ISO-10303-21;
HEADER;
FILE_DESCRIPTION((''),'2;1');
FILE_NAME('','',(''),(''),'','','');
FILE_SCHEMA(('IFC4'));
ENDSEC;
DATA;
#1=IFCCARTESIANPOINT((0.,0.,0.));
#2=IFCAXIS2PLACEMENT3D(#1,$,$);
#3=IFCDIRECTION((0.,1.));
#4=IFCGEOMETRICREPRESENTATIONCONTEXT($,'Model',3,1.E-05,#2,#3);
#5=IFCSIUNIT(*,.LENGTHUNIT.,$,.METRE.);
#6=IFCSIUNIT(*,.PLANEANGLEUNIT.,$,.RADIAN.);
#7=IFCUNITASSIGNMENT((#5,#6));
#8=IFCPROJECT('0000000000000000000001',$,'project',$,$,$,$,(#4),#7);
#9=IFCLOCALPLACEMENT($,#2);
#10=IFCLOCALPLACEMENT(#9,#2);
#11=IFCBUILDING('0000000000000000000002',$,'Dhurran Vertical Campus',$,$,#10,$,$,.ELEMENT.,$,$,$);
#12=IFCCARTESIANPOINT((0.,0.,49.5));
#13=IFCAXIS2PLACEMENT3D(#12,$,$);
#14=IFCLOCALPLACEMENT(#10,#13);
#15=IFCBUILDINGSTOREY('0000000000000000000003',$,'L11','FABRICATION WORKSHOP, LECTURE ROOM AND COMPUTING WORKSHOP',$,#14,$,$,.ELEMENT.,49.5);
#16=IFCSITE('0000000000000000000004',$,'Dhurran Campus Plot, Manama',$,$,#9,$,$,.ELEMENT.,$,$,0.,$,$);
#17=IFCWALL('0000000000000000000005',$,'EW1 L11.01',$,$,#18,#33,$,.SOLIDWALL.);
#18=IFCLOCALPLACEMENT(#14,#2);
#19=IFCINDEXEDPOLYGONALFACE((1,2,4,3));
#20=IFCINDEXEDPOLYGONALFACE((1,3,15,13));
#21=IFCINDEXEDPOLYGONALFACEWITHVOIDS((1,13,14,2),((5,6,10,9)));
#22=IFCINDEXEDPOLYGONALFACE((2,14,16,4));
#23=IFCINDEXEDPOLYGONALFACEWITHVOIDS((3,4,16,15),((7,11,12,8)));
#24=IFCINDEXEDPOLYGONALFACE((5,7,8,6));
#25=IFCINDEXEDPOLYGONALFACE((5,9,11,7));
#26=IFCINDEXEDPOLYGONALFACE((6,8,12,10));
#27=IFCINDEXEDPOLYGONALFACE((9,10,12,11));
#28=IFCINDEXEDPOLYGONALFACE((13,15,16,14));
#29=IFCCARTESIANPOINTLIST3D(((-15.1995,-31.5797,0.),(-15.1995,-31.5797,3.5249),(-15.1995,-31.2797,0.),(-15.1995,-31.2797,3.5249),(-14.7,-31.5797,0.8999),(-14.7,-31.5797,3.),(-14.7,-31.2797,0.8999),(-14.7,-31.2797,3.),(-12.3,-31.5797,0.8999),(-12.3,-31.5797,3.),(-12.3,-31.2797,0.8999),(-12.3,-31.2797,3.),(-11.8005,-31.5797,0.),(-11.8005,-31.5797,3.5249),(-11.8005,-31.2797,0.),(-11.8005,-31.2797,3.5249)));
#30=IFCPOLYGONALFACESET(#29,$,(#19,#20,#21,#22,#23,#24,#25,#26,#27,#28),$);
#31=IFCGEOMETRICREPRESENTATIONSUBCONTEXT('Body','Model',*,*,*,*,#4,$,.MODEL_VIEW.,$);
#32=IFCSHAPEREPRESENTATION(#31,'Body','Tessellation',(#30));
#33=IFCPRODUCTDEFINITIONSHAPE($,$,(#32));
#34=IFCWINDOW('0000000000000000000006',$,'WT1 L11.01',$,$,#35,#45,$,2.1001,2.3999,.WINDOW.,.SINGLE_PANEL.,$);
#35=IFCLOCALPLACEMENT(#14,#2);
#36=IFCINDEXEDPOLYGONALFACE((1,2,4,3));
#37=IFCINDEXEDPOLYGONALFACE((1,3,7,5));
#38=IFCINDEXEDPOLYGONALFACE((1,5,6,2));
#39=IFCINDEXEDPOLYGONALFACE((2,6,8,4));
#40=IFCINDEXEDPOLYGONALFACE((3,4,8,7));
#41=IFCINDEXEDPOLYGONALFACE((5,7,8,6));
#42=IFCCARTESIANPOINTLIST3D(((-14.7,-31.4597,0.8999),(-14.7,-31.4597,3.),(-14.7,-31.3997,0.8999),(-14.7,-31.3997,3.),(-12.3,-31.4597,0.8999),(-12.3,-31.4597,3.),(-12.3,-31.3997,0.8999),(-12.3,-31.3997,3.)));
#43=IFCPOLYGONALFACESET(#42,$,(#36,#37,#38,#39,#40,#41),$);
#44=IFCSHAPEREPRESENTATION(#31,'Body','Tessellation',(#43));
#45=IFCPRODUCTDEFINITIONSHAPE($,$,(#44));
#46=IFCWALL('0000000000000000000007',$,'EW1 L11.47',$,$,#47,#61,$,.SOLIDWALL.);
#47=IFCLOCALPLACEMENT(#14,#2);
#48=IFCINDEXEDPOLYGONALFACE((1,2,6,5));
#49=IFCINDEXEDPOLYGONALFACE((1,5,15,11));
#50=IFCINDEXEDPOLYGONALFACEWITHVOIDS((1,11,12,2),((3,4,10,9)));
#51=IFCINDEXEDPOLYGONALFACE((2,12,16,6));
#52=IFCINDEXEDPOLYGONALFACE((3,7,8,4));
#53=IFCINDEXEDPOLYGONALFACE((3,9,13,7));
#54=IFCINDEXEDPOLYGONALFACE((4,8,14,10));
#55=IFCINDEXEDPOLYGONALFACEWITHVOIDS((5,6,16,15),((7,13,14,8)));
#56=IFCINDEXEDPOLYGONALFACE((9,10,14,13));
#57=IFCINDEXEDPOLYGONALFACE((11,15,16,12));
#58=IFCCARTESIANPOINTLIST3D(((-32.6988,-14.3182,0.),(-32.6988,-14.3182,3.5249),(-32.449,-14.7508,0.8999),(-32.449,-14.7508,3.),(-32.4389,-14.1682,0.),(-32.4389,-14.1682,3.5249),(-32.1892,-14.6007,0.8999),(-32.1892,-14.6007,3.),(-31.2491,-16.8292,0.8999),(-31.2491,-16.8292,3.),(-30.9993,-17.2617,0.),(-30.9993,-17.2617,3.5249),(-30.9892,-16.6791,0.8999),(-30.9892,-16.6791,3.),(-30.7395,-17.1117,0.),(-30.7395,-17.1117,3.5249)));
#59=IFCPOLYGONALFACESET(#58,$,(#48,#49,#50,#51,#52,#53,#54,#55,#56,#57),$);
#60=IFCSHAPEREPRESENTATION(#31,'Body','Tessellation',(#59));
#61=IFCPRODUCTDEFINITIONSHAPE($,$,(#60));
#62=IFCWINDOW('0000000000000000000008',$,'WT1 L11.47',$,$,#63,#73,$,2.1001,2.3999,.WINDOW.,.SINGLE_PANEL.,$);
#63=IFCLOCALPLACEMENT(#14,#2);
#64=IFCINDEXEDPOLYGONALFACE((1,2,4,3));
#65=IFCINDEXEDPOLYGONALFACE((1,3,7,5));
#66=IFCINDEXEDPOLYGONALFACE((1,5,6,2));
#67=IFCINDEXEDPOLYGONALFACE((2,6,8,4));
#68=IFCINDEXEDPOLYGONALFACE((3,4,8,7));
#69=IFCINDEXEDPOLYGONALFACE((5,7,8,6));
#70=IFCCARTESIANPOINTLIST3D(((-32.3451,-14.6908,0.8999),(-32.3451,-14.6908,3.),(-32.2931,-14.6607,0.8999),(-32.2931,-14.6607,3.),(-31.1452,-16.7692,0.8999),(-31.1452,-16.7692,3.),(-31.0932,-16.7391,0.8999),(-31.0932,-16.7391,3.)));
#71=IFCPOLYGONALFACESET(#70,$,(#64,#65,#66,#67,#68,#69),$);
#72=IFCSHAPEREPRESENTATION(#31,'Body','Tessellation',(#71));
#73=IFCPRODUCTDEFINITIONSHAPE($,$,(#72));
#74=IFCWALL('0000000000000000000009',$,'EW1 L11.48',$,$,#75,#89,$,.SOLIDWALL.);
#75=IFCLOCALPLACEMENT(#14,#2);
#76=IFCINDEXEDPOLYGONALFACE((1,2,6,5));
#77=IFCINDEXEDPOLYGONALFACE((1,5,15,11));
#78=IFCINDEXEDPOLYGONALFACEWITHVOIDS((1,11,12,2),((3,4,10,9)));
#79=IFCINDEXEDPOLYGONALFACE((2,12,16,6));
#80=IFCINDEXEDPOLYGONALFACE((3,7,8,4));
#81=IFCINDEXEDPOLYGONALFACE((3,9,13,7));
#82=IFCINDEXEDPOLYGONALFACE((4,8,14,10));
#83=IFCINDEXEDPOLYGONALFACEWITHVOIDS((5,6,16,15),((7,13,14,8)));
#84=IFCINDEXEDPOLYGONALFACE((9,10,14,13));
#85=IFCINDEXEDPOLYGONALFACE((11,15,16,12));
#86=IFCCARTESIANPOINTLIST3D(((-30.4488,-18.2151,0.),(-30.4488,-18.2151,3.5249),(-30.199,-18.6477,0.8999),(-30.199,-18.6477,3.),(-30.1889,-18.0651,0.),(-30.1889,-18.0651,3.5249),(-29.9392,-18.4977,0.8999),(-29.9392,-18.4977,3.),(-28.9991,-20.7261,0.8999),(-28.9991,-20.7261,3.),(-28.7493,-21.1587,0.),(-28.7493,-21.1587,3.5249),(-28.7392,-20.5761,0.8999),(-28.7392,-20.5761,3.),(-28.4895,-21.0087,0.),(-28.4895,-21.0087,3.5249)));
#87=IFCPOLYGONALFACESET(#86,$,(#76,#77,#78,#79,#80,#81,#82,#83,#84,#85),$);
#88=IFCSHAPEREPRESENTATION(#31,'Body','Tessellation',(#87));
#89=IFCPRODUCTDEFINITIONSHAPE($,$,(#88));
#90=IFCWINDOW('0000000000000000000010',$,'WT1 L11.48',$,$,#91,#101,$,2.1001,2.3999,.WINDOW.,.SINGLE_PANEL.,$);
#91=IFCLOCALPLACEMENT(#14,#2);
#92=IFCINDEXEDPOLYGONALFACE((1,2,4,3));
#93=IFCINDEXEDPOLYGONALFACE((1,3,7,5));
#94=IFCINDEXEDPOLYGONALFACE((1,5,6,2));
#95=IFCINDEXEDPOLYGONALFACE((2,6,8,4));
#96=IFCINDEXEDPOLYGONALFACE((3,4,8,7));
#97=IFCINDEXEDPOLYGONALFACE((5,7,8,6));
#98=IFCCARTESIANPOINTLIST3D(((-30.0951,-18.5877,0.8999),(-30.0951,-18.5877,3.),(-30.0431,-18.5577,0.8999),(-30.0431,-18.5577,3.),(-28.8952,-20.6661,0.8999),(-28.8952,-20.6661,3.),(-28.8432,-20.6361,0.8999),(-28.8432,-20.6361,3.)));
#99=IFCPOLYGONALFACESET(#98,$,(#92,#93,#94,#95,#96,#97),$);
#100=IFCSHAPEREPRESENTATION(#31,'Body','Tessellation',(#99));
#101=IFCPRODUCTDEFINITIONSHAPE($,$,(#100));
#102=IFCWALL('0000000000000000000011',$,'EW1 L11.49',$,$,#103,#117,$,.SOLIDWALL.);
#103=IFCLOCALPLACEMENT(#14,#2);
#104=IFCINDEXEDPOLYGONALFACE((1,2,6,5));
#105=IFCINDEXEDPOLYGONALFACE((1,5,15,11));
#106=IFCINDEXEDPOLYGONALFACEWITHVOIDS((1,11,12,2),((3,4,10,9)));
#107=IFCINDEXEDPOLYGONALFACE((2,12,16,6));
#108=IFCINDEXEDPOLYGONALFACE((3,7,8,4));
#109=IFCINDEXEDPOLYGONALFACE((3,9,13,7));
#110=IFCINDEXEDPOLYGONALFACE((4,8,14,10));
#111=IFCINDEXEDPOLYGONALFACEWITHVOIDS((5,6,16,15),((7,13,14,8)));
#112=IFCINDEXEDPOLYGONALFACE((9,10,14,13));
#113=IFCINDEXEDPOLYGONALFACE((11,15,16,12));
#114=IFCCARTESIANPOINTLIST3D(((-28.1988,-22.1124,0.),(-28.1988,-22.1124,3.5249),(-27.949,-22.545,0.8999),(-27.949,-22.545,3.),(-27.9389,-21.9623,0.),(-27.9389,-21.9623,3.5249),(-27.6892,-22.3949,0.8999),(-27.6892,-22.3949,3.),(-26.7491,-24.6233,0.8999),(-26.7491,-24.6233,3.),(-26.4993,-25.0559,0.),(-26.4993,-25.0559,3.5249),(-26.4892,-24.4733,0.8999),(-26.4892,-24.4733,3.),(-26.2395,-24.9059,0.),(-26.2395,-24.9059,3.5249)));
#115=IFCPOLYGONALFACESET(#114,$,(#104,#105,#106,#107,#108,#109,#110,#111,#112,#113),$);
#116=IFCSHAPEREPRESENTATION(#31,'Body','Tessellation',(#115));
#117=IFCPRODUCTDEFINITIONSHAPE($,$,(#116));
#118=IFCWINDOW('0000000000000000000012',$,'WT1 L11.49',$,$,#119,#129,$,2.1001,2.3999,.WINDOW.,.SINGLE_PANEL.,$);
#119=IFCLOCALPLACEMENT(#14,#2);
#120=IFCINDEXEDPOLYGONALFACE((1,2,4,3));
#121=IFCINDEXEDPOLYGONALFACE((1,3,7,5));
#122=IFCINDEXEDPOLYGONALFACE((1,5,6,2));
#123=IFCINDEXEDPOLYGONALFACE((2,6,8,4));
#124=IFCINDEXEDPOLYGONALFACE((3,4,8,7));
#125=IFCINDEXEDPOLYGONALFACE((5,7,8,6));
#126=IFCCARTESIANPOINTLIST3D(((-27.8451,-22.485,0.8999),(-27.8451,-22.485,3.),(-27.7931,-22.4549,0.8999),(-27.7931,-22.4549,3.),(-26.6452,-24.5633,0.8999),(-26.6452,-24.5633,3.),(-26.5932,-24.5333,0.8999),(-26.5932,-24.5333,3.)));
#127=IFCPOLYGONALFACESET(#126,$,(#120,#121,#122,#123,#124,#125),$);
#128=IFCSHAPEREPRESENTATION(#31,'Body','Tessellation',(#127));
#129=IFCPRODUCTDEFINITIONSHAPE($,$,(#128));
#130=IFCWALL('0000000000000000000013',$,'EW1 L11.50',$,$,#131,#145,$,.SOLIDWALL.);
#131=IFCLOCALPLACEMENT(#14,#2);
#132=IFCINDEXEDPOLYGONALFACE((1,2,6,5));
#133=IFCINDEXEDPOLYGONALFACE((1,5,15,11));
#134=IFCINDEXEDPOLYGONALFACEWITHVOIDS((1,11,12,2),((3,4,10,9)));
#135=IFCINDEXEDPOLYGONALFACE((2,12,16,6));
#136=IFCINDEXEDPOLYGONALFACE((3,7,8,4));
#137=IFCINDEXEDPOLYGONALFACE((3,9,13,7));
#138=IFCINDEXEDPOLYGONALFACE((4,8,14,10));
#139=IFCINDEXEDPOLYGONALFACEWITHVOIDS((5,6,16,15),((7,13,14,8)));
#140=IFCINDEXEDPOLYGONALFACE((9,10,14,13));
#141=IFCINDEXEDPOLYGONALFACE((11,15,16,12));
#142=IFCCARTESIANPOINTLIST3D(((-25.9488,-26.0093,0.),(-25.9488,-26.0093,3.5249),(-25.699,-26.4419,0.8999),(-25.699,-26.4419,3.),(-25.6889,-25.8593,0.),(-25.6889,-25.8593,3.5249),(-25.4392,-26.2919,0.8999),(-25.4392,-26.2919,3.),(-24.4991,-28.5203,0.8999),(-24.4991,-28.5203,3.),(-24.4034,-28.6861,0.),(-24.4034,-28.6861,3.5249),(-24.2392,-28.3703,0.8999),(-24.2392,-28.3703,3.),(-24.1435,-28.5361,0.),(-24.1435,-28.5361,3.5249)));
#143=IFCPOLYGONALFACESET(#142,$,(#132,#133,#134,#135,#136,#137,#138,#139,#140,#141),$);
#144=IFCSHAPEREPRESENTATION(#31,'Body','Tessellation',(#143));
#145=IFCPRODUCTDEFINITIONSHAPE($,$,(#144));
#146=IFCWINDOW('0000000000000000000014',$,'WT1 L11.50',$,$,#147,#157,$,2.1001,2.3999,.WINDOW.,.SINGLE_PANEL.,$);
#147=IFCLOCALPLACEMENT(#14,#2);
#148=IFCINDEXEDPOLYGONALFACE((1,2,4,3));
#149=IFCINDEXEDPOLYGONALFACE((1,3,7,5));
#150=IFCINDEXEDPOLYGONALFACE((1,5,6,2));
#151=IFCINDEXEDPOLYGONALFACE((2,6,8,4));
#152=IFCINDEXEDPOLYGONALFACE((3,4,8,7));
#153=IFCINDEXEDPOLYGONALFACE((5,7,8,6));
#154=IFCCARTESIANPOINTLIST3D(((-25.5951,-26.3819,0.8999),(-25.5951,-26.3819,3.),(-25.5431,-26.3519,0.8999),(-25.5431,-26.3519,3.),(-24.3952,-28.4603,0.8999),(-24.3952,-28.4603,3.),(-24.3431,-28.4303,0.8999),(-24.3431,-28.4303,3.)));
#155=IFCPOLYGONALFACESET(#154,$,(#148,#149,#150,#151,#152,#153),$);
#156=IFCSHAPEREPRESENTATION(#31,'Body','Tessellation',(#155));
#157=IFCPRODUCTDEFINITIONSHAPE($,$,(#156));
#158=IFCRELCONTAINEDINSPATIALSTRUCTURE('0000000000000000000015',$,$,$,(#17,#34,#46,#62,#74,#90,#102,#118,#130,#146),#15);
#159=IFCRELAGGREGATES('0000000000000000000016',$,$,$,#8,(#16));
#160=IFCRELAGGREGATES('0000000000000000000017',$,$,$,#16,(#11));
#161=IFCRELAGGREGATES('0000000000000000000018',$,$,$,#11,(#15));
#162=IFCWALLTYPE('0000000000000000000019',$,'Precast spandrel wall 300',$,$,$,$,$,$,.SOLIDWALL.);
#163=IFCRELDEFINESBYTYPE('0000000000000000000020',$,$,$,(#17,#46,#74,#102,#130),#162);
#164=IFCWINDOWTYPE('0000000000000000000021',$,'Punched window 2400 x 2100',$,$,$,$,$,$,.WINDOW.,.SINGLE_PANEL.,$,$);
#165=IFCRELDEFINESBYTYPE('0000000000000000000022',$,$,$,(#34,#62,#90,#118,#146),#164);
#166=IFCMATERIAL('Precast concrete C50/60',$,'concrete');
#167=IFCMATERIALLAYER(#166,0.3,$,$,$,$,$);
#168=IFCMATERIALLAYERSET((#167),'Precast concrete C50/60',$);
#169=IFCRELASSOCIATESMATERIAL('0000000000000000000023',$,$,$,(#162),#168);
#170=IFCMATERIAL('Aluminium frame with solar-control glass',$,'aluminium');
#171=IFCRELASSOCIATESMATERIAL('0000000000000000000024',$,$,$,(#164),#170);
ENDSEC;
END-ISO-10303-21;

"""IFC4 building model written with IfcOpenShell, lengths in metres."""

from ifc_helpers import new_model, si_unit, direction, frame, frame_2d, origin, place, context, subcontext, project, spatial, rectangle, extrude, material, layer, layer_set, type_object, element, fill, save


model = new_model("IFC4")

# Units and contexts
model_context = context("Model", 3, precision=1e-05, world=origin(), true_north=direction((0.0, 1.0)))
body_context = subcontext(model_context, "Body", "Model", "MODEL_VIEW")
ifc_project = project(units=[si_unit("LENGTHUNIT", "METRE"), si_unit("PLANEANGLEUNIT", "RADIAN")], contexts=[model_context])

# Site, building, storey
site_placement = place(None, origin())
site = spatial("IfcSite", under=ifc_project, at=site_placement, Name="Dhurran Campus Plot, Manama", CompositionType="ELEMENT", RefElevation=0.0)
building_placement = place(site_placement, origin())
building = spatial("IfcBuilding", under=site, at=building_placement, Name="Dhurran Vertical Campus", CompositionType="ELEMENT")
storey_placement = place(building_placement, frame((0.0, 0.0, 49.5)))
storey = spatial("IfcBuildingStorey", under=building, at=storey_placement, Name="L11", Description="FABRICATION WORKSHOP, LECTURE ROOM AND COMPUTING WORKSHOP", CompositionType="ELEMENT", Elevation=49.5)

# Walls, openings, windows
ifc_material_1 = material(Name="Precast concrete C50/60", Category="concrete")
ifc_layer_1 = layer(ifc_material_1, 0.3)
ifc_layer_set_1 = layer_set([ifc_layer_1], Name="Precast concrete C50/60")
wall_type_1 = type_object("IfcWallType", Name="Precast spandrel wall 300", PredefinedType="SOLIDWALL", material=ifc_layer_set_1)
ifc_material_2 = material(Name="Aluminium frame with solar-control glass", Category="aluminium")
window_type = type_object("IfcWindowType", Name="Punched window 2400 x 2100", PartitioningType="SINGLE_PANEL", PredefinedType="WINDOW", material=ifc_material_2)
wall_1_placement = place(storey_placement, frame((-15.1995, -31.4297, 0.0), z_axis=(0.0, 0.0, 1.0), x_axis=(1.0, 0.0, 0.0)))
wall_1 = element("IfcWall", 1, at=wall_1_placement, inside=storey, type_object=wall_type_1, Name="EW1 L11.01", PredefinedType="SOLIDWALL", context=body_context, shape_type="SweptSolid", body=[
    extrude(rectangle(XDim=3.3989, YDim=0.3, at=frame_2d((1.6995, 0.0))), origin(), (0.0, 0.0, 1.0), 3.5249),
])
opening_1_placement = place(wall_1_placement, frame((0.4995, 0.0, 0.8999)))
opening_1 = element("IfcOpeningElement", 2, at=opening_1_placement, cuts=wall_1, PredefinedType="OPENING", context=body_context, shape_type="SweptSolid", body=[
    extrude(rectangle(XDim=2.3999, YDim=2.1001, at=frame_2d((1.2, 1.05))), frame((0.0, 0.1599, 0.0), z_axis=(0.0, -1.0, 0.0), x_axis=(1.0, 0.0, 0.0)), (0.0, 0.0, 1.0), 0.3201),
])
window_1_placement = place(opening_1_placement, origin())
window_1 = element("IfcWindow", 3, at=window_1_placement, inside=storey, type_object=window_type, Name="WT1 L11.01", OverallHeight=2.1001, OverallWidth=2.3999, PartitioningType="SINGLE_PANEL", PredefinedType="WINDOW", context=body_context, shape_type="SweptSolid", body=[
    extrude(rectangle(XDim=2.3999, YDim=2.1001, at=frame_2d((1.2, 1.05))), frame((0.0, 0.03, 0.0), z_axis=(0.0, -1.0, 0.0), x_axis=(1.0, 0.0, 0.0)), (0.0, 0.0, 1.0), 0.0601),
])
fill(opening_1, window_1)
wall_2_placement = place(storey_placement, frame((-32.5688, -14.2432, 0.0), z_axis=(0.0, 0.0, 1.0), x_axis=(0.499994, -0.866029, 0.0)))
wall_2 = element("IfcWall", 4, at=wall_2_placement, inside=storey, type_object=wall_type_1, Name="EW1 L11.47", PredefinedType="SOLIDWALL", context=body_context, shape_type="SweptSolid", body=[
    extrude(rectangle(XDim=3.3989, YDim=0.3, at=frame_2d((1.6995, 0.0))), origin(), (0.0, 0.0, 1.0), 3.5249),
])
opening_2_placement = place(wall_2_placement, frame((0.4995, 0.0, 0.8999)))
opening_2 = element("IfcOpeningElement", 5, at=opening_2_placement, cuts=wall_2, PredefinedType="OPENING", context=body_context, shape_type="SweptSolid", body=[
    extrude(rectangle(XDim=2.3999, YDim=2.1001, at=frame_2d((1.2, 1.05))), frame((0.0, 0.1599, 0.0), z_axis=(0.0, -1.0, 0.0), x_axis=(1.0, 0.0, 0.0)), (0.0, 0.0, 1.0), 0.3201),
])
window_2_placement = place(opening_2_placement, origin())
window_2 = element("IfcWindow", 6, at=window_2_placement, inside=storey, type_object=window_type, Name="WT1 L11.47", OverallHeight=2.1001, OverallWidth=2.3999, PartitioningType="SINGLE_PANEL", PredefinedType="WINDOW", context=body_context, shape_type="SweptSolid", body=[
    extrude(rectangle(XDim=2.3999, YDim=2.1001, at=frame_2d((1.2, 1.05))), frame((0.0, 0.03, 0.0), z_axis=(0.0, -1.0, 0.0), x_axis=(1.0, 0.0, 0.0)), (0.0, 0.0, 1.0), 0.0601),
])
fill(opening_2, window_2)
wall_3_placement = place(storey_placement, frame((-30.3188, -18.1401, 0.0), z_axis=(0.0, 0.0, 1.0), x_axis=(0.499994, -0.866029, 0.0)))
wall_3 = element("IfcWall", 7, at=wall_3_placement, inside=storey, type_object=wall_type_1, Name="EW1 L11.48", PredefinedType="SOLIDWALL", context=body_context, shape_type="SweptSolid", body=[
    extrude(rectangle(XDim=3.3989, YDim=0.3, at=frame_2d((1.6995, 0.0))), origin(), (0.0, 0.0, 1.0), 3.5249),
])
opening_3_placement = place(wall_3_placement, frame((0.4995, 0.0, 0.8999)))
opening_3 = element("IfcOpeningElement", 8, at=opening_3_placement, cuts=wall_3, PredefinedType="OPENING", context=body_context, shape_type="SweptSolid", body=[
    extrude(rectangle(XDim=2.3999, YDim=2.1001, at=frame_2d((1.2, 1.05))), frame((0.0, 0.1599, 0.0), z_axis=(0.0, -1.0, 0.0), x_axis=(1.0, 0.0, 0.0)), (0.0, 0.0, 1.0), 0.3201),
])
window_3_placement = place(opening_3_placement, origin())
window_3 = element("IfcWindow", 9, at=window_3_placement, inside=storey, type_object=window_type, Name="WT1 L11.48", OverallHeight=2.1001, OverallWidth=2.3999, PartitioningType="SINGLE_PANEL", PredefinedType="WINDOW", context=body_context, shape_type="SweptSolid", body=[
    extrude(rectangle(XDim=2.3999, YDim=2.1001, at=frame_2d((1.2, 1.05))), frame((0.0, 0.03, 0.0), z_axis=(0.0, -1.0, 0.0), x_axis=(1.0, 0.0, 0.0)), (0.0, 0.0, 1.0), 0.0601),
])
fill(opening_3, window_3)
wall_4_placement = place(storey_placement, frame((-28.0688, -22.0374, 0.0), z_axis=(0.0, 0.0, 1.0), x_axis=(0.499994, -0.866029, 0.0)))
wall_4 = element("IfcWall", 10, at=wall_4_placement, inside=storey, type_object=wall_type_1, Name="EW1 L11.49", PredefinedType="SOLIDWALL", context=body_context, shape_type="SweptSolid", body=[
    extrude(rectangle(XDim=3.3989, YDim=0.3, at=frame_2d((1.6995, 0.0))), origin(), (0.0, 0.0, 1.0), 3.5249),
])
opening_4_placement = place(wall_4_placement, frame((0.4995, 0.0, 0.8999)))
opening_4 = element("IfcOpeningElement", 11, at=opening_4_placement, cuts=wall_4, PredefinedType="OPENING", context=body_context, shape_type="SweptSolid", body=[
    extrude(rectangle(XDim=2.3999, YDim=2.1001, at=frame_2d((1.2, 1.05))), frame((0.0, 0.1599, 0.0), z_axis=(0.0, -1.0, 0.0), x_axis=(1.0, 0.0, 0.0)), (0.0, 0.0, 1.0), 0.3201),
])
window_4_placement = place(opening_4_placement, origin())
window_4 = element("IfcWindow", 12, at=window_4_placement, inside=storey, type_object=window_type, Name="WT1 L11.49", OverallHeight=2.1001, OverallWidth=2.3999, PartitioningType="SINGLE_PANEL", PredefinedType="WINDOW", context=body_context, shape_type="SweptSolid", body=[
    extrude(rectangle(XDim=2.3999, YDim=2.1001, at=frame_2d((1.2, 1.05))), frame((0.0, 0.03, 0.0), z_axis=(0.0, -1.0, 0.0), x_axis=(1.0, 0.0, 0.0)), (0.0, 0.0, 1.0), 0.0601),
])
fill(opening_4, window_4)
wall_5_placement = place(storey_placement, frame((-25.8188, -25.9343, 0.0), z_axis=(0.0, 0.0, 1.0), x_axis=(0.499996, -0.866028, 0.0)))
wall_5 = element("IfcWall", 13, at=wall_5_placement, inside=storey, type_object=wall_type_1, Name="EW1 L11.50", PredefinedType="SOLIDWALL", context=body_context, shape_type="SweptSolid", body=[
    extrude(rectangle(XDim=3.0908, YDim=0.3, at=frame_2d((1.5454, 0.0))), origin(), (0.0, 0.0, 1.0), 3.5249),
])
opening_5_placement = place(wall_5_placement, frame((0.4995, 0.0, 0.8999)))
opening_5 = element("IfcOpeningElement", 14, at=opening_5_placement, cuts=wall_5, PredefinedType="OPENING", context=body_context, shape_type="SweptSolid", body=[
    extrude(rectangle(XDim=2.3999, YDim=2.1001, at=frame_2d((1.2, 1.05))), frame((0.0, 0.1599, 0.0), z_axis=(0.0, -1.0, 0.0), x_axis=(1.0, 0.0, 0.0)), (0.0, 0.0, 1.0), 0.3201),
])
window_5_placement = place(opening_5_placement, origin())
window_5 = element("IfcWindow", 15, at=window_5_placement, inside=storey, type_object=window_type, Name="WT1 L11.50", OverallHeight=2.1001, OverallWidth=2.3999, PartitioningType="SINGLE_PANEL", PredefinedType="WINDOW", context=body_context, shape_type="SweptSolid", body=[
    extrude(rectangle(XDim=2.3999, YDim=2.1001, at=frame_2d((1.2, 1.05))), frame((0.0, 0.03, 0.0), z_axis=(0.0, -1.0, 0.0), x_axis=(1.0, 0.0, 0.0)), (0.0, 0.0, 1.0), 0.0601),
])
fill(opening_5, window_5)

save(model, "model.ifc")
